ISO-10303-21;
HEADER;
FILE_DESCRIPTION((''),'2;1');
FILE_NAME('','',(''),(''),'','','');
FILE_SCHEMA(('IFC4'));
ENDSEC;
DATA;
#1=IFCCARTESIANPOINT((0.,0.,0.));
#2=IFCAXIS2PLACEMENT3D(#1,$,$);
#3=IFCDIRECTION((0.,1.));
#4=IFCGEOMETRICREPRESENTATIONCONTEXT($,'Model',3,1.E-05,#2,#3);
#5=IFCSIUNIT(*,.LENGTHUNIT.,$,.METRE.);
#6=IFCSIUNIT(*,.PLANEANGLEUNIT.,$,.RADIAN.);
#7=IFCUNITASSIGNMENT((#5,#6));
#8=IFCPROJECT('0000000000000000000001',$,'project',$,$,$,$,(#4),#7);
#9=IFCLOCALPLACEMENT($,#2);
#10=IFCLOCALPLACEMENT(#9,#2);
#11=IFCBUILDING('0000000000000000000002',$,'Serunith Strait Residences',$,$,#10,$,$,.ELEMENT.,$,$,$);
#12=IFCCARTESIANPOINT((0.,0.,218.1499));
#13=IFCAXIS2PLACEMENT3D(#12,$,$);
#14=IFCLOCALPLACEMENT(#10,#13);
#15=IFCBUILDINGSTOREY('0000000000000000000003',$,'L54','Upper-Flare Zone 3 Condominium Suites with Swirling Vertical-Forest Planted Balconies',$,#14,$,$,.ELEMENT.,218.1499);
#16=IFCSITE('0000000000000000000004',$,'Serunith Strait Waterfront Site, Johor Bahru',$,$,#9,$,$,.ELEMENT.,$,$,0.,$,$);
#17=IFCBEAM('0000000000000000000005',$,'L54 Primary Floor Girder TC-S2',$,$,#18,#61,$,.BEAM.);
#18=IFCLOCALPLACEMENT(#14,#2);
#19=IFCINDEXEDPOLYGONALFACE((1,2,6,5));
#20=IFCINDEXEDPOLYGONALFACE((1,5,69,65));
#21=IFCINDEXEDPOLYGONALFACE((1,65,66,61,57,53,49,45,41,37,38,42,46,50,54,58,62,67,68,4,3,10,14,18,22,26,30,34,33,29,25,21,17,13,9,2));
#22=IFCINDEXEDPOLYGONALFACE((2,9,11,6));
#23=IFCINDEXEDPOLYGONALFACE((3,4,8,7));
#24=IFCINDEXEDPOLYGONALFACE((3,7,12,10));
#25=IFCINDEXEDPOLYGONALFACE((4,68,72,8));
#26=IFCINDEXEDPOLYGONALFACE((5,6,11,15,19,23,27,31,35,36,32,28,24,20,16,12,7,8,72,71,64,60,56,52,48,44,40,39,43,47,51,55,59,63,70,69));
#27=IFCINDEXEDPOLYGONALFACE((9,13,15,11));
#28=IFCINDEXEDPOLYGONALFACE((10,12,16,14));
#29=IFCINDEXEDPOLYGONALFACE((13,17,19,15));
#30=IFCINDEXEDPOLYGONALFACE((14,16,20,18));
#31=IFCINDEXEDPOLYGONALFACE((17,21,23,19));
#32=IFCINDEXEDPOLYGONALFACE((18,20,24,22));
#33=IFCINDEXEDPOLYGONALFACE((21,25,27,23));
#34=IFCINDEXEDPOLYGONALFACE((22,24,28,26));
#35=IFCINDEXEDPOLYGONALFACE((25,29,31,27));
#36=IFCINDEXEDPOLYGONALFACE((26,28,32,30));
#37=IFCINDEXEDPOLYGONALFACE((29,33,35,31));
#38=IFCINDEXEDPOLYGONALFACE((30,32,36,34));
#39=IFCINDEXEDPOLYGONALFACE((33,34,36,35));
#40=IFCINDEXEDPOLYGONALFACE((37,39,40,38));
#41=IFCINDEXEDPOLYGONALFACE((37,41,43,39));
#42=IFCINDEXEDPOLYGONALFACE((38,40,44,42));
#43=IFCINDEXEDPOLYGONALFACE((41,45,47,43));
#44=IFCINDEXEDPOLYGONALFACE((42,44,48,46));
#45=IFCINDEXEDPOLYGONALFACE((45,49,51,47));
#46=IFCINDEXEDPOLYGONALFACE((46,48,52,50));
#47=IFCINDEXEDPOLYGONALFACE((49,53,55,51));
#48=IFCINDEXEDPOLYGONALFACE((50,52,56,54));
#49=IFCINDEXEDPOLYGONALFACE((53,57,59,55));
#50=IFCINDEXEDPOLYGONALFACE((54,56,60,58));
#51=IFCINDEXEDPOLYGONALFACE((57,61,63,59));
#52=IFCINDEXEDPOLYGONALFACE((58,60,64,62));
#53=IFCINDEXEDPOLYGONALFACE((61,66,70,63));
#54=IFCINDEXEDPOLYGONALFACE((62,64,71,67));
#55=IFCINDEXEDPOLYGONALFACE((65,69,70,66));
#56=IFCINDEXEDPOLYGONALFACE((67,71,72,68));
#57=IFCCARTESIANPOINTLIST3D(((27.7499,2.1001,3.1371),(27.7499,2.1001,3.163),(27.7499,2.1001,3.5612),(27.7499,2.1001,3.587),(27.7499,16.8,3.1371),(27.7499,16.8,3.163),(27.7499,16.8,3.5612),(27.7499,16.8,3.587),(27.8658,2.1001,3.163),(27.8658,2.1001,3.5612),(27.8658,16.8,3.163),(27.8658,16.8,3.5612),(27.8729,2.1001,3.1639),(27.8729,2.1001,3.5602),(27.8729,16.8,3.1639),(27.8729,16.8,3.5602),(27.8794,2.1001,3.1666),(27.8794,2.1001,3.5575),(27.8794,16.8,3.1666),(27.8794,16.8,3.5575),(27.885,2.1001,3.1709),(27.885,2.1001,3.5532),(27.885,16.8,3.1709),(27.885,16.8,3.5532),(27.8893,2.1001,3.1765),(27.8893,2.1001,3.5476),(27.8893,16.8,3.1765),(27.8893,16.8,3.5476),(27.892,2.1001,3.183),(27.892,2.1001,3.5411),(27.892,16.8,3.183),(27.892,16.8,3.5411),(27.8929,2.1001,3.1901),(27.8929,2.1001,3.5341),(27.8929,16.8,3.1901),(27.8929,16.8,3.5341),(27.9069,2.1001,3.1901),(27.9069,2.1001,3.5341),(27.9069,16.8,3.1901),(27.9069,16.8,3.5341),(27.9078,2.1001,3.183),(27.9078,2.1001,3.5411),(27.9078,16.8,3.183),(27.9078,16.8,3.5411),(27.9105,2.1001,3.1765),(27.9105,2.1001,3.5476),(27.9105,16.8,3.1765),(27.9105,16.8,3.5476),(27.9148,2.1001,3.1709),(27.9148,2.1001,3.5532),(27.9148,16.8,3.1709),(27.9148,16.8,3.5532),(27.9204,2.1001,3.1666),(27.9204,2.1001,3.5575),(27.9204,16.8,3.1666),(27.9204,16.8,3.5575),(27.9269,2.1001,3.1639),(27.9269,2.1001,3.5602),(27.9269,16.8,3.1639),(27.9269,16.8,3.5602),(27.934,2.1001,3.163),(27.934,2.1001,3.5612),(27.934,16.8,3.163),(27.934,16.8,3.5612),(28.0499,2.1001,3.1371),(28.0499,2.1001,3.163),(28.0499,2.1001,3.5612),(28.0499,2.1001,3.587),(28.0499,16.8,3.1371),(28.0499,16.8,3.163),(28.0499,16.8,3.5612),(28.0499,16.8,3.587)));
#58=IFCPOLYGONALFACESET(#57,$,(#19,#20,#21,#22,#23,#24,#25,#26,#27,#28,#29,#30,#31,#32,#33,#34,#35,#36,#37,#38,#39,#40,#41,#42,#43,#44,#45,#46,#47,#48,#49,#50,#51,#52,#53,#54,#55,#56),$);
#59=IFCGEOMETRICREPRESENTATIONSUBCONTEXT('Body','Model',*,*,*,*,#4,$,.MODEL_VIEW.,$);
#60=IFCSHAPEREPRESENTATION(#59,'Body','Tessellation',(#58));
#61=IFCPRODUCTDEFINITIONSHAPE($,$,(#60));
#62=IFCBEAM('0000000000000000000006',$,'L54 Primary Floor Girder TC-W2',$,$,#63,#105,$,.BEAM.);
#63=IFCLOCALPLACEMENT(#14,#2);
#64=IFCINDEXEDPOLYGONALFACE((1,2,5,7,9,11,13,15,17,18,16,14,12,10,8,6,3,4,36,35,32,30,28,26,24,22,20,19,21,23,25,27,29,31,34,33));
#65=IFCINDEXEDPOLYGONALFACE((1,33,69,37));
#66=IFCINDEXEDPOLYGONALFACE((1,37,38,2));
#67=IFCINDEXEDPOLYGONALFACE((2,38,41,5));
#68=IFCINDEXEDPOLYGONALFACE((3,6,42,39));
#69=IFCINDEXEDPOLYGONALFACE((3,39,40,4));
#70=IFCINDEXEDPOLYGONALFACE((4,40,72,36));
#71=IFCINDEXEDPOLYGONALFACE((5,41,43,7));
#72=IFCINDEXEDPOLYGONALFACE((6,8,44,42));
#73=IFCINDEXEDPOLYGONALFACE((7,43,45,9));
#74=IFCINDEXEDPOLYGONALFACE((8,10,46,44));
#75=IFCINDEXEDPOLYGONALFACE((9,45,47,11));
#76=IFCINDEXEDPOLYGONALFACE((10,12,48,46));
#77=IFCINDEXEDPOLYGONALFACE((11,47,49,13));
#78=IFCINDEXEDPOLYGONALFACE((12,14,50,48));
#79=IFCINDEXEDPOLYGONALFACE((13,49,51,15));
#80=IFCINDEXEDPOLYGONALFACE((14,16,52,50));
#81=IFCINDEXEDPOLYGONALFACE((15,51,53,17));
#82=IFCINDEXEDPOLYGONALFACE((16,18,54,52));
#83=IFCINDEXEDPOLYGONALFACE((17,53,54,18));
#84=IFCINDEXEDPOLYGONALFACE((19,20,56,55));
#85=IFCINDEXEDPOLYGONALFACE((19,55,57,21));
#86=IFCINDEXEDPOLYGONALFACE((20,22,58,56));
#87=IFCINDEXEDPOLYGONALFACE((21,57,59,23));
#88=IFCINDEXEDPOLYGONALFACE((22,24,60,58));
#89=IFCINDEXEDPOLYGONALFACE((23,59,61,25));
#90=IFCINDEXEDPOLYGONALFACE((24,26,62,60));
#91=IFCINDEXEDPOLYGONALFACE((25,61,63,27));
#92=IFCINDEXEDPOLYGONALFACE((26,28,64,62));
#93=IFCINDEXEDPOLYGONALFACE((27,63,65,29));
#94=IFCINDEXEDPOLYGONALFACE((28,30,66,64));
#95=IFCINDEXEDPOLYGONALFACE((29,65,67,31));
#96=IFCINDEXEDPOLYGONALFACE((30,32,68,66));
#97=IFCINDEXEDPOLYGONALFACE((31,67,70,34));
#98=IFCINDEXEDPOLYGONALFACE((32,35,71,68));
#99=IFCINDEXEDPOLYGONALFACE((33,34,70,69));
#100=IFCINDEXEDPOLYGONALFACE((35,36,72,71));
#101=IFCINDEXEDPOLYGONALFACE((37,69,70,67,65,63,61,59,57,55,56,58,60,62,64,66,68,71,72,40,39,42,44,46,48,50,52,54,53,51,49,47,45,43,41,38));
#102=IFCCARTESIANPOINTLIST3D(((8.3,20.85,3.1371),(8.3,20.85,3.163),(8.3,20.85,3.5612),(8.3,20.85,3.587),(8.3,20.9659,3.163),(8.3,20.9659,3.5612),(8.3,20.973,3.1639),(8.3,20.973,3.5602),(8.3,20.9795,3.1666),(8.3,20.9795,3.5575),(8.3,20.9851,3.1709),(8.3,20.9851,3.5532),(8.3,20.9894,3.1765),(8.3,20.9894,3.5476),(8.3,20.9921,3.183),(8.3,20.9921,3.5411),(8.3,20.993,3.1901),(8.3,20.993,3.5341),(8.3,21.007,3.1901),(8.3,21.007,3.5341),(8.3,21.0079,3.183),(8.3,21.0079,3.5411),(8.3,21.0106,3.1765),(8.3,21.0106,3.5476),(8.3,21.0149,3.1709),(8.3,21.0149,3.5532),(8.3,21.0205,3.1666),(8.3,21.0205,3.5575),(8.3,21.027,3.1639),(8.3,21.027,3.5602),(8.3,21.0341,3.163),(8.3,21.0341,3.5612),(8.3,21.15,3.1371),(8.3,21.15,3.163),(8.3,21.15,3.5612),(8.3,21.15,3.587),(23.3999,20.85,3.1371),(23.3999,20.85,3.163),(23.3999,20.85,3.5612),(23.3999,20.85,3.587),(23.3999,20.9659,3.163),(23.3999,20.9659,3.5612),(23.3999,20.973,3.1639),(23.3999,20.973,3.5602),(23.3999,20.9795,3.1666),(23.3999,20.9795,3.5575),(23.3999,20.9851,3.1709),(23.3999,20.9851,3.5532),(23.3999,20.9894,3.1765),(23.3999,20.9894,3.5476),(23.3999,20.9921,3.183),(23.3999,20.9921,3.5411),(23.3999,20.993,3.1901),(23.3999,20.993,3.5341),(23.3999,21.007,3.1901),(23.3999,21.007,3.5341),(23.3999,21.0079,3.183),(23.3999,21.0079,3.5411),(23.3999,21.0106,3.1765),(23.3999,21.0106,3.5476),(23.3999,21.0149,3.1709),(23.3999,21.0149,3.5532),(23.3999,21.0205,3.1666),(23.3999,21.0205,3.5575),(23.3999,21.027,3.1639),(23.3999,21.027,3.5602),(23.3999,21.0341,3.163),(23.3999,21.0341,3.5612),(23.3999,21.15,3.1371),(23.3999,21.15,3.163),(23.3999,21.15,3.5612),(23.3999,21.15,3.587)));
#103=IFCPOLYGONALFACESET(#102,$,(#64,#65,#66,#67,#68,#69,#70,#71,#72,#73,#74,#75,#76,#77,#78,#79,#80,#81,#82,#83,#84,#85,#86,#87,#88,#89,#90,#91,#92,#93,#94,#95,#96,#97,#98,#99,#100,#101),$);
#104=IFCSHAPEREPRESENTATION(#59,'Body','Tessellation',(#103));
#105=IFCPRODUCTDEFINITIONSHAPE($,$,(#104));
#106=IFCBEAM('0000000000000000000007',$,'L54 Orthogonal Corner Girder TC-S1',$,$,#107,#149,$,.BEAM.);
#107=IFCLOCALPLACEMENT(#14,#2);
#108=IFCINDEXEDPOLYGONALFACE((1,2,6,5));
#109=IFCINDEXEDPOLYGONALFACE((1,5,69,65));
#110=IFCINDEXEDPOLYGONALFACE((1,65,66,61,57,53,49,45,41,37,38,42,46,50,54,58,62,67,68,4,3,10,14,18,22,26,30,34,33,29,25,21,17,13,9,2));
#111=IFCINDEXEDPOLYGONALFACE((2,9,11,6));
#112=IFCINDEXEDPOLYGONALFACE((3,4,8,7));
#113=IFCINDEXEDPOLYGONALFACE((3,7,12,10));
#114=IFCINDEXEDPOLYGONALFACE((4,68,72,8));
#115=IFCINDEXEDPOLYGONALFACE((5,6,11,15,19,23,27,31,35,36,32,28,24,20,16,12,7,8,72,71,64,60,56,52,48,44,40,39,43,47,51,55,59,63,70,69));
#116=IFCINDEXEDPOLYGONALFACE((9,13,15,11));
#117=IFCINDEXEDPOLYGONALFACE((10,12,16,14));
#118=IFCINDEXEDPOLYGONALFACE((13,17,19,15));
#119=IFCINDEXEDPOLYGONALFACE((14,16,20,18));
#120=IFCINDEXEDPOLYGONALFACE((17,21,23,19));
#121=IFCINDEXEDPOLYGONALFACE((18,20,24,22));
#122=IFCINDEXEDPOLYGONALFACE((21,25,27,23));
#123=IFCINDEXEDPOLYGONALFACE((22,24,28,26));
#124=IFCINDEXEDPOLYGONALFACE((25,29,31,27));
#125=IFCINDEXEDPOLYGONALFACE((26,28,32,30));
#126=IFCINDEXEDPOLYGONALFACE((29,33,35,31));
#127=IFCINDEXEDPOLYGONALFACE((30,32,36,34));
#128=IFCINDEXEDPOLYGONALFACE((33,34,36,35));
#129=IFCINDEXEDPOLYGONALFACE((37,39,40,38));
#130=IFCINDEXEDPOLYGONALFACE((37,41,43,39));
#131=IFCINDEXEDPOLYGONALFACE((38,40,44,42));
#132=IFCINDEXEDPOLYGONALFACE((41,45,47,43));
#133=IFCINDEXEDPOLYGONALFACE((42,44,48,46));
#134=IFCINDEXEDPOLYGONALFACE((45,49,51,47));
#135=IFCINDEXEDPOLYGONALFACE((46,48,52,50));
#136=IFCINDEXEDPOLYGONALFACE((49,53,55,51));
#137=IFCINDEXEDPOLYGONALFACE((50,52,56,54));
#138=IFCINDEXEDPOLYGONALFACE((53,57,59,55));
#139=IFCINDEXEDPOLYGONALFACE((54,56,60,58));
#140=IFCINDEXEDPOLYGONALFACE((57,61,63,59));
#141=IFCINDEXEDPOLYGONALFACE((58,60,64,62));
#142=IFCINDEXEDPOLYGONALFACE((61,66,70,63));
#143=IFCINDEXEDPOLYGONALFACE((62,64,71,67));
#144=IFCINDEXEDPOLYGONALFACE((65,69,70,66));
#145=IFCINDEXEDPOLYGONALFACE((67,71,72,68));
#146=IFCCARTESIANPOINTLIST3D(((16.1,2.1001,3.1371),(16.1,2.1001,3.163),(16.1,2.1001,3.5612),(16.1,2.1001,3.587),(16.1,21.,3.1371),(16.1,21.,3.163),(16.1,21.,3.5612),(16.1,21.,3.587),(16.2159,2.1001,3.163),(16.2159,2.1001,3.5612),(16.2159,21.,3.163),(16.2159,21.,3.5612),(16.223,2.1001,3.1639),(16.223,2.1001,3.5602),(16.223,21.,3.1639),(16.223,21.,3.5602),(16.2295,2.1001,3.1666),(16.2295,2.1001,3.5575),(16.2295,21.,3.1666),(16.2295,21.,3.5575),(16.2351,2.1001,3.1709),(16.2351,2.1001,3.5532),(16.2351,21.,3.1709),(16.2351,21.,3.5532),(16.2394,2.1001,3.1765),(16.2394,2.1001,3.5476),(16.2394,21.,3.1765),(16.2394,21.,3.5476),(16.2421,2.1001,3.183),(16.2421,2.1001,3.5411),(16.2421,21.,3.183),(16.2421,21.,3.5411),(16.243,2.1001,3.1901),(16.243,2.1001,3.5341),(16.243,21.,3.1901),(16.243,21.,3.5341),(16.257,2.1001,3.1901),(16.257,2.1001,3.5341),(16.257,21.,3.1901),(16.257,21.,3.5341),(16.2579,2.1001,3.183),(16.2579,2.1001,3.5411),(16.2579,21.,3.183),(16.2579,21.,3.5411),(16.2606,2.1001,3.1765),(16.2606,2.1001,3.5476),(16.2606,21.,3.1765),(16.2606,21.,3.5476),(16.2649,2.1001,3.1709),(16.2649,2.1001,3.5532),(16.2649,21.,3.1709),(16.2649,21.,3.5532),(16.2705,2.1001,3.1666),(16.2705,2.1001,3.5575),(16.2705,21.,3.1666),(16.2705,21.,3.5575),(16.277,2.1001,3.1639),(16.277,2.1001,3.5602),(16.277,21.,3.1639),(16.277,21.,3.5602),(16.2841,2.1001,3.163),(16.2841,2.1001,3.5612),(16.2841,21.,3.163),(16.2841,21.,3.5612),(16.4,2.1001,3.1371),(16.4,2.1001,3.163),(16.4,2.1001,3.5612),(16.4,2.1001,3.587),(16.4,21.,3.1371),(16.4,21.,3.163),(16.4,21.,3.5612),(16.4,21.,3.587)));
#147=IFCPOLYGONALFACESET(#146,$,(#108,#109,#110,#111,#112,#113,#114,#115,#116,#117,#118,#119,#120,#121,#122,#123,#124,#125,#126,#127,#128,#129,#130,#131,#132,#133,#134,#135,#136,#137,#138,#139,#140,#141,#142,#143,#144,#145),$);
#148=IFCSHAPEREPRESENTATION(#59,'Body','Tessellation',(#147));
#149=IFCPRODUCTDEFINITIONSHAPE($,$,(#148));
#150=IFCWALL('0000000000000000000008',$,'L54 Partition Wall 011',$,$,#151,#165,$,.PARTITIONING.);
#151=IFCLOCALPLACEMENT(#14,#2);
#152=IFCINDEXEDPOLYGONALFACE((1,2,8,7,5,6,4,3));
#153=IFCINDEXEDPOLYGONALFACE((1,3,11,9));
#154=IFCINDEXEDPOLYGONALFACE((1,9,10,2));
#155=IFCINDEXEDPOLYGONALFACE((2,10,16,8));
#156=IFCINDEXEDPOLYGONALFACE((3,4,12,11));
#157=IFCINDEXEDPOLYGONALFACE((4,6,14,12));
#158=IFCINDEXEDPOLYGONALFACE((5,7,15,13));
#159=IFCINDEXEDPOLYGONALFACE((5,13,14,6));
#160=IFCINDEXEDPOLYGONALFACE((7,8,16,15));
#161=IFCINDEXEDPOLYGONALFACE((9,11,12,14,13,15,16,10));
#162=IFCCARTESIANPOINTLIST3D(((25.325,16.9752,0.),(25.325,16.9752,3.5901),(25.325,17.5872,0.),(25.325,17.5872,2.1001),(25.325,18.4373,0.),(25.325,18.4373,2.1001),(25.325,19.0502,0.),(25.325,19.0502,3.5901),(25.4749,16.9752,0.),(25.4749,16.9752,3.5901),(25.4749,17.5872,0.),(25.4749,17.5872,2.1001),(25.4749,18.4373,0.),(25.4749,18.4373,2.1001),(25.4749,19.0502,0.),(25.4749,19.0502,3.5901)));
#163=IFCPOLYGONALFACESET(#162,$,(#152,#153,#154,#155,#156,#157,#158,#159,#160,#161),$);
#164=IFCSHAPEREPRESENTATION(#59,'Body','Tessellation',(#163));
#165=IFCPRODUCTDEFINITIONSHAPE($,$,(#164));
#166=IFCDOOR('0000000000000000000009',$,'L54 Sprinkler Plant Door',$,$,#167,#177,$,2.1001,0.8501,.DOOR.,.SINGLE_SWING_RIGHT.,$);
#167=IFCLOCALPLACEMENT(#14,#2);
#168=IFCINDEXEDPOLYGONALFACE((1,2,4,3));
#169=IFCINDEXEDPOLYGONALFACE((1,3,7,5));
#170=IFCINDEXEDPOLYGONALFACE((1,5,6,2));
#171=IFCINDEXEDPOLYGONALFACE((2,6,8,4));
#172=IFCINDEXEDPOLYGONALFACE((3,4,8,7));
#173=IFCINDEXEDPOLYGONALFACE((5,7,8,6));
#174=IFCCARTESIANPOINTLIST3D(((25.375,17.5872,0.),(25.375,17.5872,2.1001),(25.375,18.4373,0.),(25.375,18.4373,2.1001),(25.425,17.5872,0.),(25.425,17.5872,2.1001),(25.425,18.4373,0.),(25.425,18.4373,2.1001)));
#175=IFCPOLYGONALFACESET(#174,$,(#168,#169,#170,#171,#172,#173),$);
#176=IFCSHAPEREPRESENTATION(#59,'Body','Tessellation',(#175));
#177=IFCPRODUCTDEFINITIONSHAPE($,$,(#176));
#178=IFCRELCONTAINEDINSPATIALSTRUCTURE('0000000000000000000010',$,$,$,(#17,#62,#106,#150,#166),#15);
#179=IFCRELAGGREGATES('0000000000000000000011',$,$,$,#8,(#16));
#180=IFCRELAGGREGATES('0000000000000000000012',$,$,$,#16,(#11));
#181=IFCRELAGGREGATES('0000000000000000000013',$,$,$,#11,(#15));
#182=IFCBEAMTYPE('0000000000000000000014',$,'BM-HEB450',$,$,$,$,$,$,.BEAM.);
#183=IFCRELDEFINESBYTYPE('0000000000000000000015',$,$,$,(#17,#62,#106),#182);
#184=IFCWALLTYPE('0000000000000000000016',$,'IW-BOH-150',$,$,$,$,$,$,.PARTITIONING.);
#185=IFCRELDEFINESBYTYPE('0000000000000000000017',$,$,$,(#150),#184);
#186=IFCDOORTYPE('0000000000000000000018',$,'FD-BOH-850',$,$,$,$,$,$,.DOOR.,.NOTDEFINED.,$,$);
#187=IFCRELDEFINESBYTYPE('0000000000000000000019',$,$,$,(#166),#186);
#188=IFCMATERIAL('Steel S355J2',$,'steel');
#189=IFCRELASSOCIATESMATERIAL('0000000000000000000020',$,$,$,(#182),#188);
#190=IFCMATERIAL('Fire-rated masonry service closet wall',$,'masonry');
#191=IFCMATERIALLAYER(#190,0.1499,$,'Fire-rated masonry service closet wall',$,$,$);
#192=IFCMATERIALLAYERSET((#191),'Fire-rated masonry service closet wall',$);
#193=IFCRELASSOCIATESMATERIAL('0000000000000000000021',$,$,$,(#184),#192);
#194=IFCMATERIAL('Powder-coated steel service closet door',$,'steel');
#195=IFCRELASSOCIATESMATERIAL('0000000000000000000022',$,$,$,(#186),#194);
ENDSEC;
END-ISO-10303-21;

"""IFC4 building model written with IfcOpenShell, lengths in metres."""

from ifc_helpers import new_model, si_unit, direction, frame, frame_2d, origin, origin_2d, place, context, subcontext, project, spatial, rectangle, i_section, extrude, source, transform, mapped, material, layer, layer_set, material_profile, profile_set, type_object, element, fill, save


model = new_model("IFC4")

# Units and contexts
model_context = context("Model", 3, precision=1e-05, world=origin(), true_north=direction((0.0, 1.0)))
body_context = subcontext(model_context, "Body", "Model", "MODEL_VIEW")
ifc_project = project(units=[si_unit("LENGTHUNIT", "METRE"), si_unit("PLANEANGLEUNIT", "RADIAN")], contexts=[model_context])

# Site, building, storey
site_placement = place(None, origin())
site = spatial("IfcSite", under=ifc_project, at=site_placement, Name="Serunith Strait Waterfront Site, Johor Bahru", CompositionType="ELEMENT", RefElevation=0.0)
building_placement = place(site_placement, origin())
building = spatial("IfcBuilding", under=site, at=building_placement, Name="Serunith Strait Residences", CompositionType="ELEMENT")
storey_placement = place(building_placement, frame((0.0, 0.0, 218.1499)))
storey = spatial("IfcBuildingStorey", under=building, at=storey_placement, Name="L54", Description="Upper-Flare Zone 3 Condominium Suites with Swirling Vertical-Forest Planted Balconies", CompositionType="ELEMENT", Elevation=218.1499)

# Beams
ifc_material_1 = material(Name="Steel S355J2", Category="steel")
ifc_material_profile = material_profile(ifc_material_1, i_section(OverallWidth=0.3, OverallDepth=0.45, WebThickness=0.0139, FlangeThickness=0.0259, FilletRadius=0.0271, at=origin_2d()), Name="HEB 450")
ifc_profile_set = profile_set([ifc_material_profile], Name="Steel S355J2")
beam_type = type_object("IfcBeamType", Name="BM-HEB450", PredefinedType="BEAM", material=ifc_profile_set)
shared_shape_1 = source(origin(), body_context, "Body", "SweptSolid", [
    extrude(i_section(OverallWidth=0.3, OverallDepth=0.45, WebThickness=0.0139, FlangeThickness=0.0259, FilletRadius=0.0271, at=origin_2d()), origin(), (0.0, 0.0, 1.0), 14.7),
])
beam_1_placement = place(storey_placement, frame((27.8999, 16.8, 3.3621), z_axis=(0.0, -1.0, 0.0), x_axis=(1.0, 0.0, 0.0)))
element("IfcBeam", 1, at=beam_1_placement, inside=storey, type_object=beam_type, Name="L54 Primary Floor Girder TC-S2", PredefinedType="BEAM", context=body_context, shape_type="MappedRepresentation", body=[
    mapped(shared_shape_1, transform((0.0, 0.0, 0.0), scale=1.0)),
])
shared_shape_2 = source(origin(), body_context, "Body", "SweptSolid", [
    extrude(i_section(OverallWidth=0.3, OverallDepth=0.45, WebThickness=0.0139, FlangeThickness=0.0259, FilletRadius=0.0271, at=origin_2d()), origin(), (0.0, 0.0, 1.0), 15.0999),
])
beam_2_placement = place(storey_placement, frame((23.3999, 21.0, 3.3621), z_axis=(-1.0, 0.0, 0.0), x_axis=(0.0, -1.0, 0.0)))
element("IfcBeam", 2, at=beam_2_placement, inside=storey, type_object=beam_type, Name="L54 Primary Floor Girder TC-W2", PredefinedType="BEAM", context=body_context, shape_type="MappedRepresentation", body=[
    mapped(shared_shape_2, transform((0.0, 0.0, 0.0), scale=1.0)),
])
shared_shape_3 = source(origin(), body_context, "Body", "SweptSolid", [
    extrude(i_section(OverallWidth=0.3, OverallDepth=0.45, WebThickness=0.0139, FlangeThickness=0.0259, FilletRadius=0.0271, at=origin_2d()), origin(), (0.0, 0.0, 1.0), 18.8999),
])
beam_3_placement = place(storey_placement, frame((16.25, 21.0, 3.3621), z_axis=(0.0, -1.0, 0.0), x_axis=(1.0, 0.0, 0.0)))
element("IfcBeam", 3, at=beam_3_placement, inside=storey, type_object=beam_type, Name="L54 Orthogonal Corner Girder TC-S1", PredefinedType="BEAM", context=body_context, shape_type="MappedRepresentation", body=[
    mapped(shared_shape_3, transform((0.0, 0.0, 0.0), scale=1.0)),
])

# Wall, opening, door
ifc_material_2 = material(Name="Fire-rated masonry service closet wall", Category="masonry")
ifc_layer_1 = layer(ifc_material_2, 0.1499, Name="Fire-rated masonry service closet wall")
ifc_layer_set_1 = layer_set([ifc_layer_1], Name="Fire-rated masonry service closet wall")
wall_type_1 = type_object("IfcWallType", Name="IW-BOH-150", PredefinedType="PARTITIONING", material=ifc_layer_set_1)
wall_1_placement = place(storey_placement, frame((25.3999, 16.9751, 0.0), z_axis=(0.0, 0.0, 1.0), x_axis=(0.0, 1.0, 0.0)))
wall_1 = element("IfcWall", 4, at=wall_1_placement, inside=storey, type_object=wall_type_1, Name="L54 Partition Wall 011", PredefinedType="PARTITIONING", context=body_context, shape_type="SweptSolid", body=[
    extrude(rectangle(XDim=2.075, YDim=0.1499, at=frame_2d((1.0376, 0.0))), origin(), (0.0, 0.0, 1.0), 3.5901),
])
opening_1_placement = place(wall_1_placement, frame((0.6121, 0.0, 0.0)))
opening_1 = element("IfcOpeningElement", 5, at=opening_1_placement, cuts=wall_1, PredefinedType="OPENING", context=body_context, shape_type="SweptSolid", body=[
    extrude(rectangle(XDim=0.8501, YDim=2.1001, at=frame_2d((0.425, 1.05))), frame((0.0, 0.085, 0.0), z_axis=(0.0, -1.0, 0.0), x_axis=(1.0, 0.0, 0.0)), (0.0, 0.0, 1.0), 0.1699),
])
ifc_material_3 = material(Name="Powder-coated steel service closet door", Category="steel")
door_type_1 = type_object("IfcDoorType", Name="FD-BOH-850", OperationType="NOTDEFINED", PredefinedType="DOOR", material=ifc_material_3)
shared_shape_4 = source(origin(), body_context, "Body", "SweptSolid", [
    extrude(rectangle(XDim=0.8501, YDim=2.1001, at=frame_2d((0.425, 1.05))), frame((0.0, 0.0249, 0.0), z_axis=(0.0, -1.0, 0.0), x_axis=(1.0, 0.0, 0.0)), (0.0, 0.0, 1.0), 0.05),
])
door_1_placement = place(opening_1_placement, origin())
door_1 = element("IfcDoor", 6, at=door_1_placement, inside=storey, type_object=door_type_1, Name="L54 Sprinkler Plant Door", OperationType="SINGLE_SWING_RIGHT", OverallHeight=2.1001, OverallWidth=0.8501, PredefinedType="DOOR", context=body_context, shape_type="MappedRepresentation", body=[
    mapped(shared_shape_4, transform((0.0, 0.0, 0.0), scale=1.0)),
])
fill(opening_1, door_1)

save(model, "model.ifc")
